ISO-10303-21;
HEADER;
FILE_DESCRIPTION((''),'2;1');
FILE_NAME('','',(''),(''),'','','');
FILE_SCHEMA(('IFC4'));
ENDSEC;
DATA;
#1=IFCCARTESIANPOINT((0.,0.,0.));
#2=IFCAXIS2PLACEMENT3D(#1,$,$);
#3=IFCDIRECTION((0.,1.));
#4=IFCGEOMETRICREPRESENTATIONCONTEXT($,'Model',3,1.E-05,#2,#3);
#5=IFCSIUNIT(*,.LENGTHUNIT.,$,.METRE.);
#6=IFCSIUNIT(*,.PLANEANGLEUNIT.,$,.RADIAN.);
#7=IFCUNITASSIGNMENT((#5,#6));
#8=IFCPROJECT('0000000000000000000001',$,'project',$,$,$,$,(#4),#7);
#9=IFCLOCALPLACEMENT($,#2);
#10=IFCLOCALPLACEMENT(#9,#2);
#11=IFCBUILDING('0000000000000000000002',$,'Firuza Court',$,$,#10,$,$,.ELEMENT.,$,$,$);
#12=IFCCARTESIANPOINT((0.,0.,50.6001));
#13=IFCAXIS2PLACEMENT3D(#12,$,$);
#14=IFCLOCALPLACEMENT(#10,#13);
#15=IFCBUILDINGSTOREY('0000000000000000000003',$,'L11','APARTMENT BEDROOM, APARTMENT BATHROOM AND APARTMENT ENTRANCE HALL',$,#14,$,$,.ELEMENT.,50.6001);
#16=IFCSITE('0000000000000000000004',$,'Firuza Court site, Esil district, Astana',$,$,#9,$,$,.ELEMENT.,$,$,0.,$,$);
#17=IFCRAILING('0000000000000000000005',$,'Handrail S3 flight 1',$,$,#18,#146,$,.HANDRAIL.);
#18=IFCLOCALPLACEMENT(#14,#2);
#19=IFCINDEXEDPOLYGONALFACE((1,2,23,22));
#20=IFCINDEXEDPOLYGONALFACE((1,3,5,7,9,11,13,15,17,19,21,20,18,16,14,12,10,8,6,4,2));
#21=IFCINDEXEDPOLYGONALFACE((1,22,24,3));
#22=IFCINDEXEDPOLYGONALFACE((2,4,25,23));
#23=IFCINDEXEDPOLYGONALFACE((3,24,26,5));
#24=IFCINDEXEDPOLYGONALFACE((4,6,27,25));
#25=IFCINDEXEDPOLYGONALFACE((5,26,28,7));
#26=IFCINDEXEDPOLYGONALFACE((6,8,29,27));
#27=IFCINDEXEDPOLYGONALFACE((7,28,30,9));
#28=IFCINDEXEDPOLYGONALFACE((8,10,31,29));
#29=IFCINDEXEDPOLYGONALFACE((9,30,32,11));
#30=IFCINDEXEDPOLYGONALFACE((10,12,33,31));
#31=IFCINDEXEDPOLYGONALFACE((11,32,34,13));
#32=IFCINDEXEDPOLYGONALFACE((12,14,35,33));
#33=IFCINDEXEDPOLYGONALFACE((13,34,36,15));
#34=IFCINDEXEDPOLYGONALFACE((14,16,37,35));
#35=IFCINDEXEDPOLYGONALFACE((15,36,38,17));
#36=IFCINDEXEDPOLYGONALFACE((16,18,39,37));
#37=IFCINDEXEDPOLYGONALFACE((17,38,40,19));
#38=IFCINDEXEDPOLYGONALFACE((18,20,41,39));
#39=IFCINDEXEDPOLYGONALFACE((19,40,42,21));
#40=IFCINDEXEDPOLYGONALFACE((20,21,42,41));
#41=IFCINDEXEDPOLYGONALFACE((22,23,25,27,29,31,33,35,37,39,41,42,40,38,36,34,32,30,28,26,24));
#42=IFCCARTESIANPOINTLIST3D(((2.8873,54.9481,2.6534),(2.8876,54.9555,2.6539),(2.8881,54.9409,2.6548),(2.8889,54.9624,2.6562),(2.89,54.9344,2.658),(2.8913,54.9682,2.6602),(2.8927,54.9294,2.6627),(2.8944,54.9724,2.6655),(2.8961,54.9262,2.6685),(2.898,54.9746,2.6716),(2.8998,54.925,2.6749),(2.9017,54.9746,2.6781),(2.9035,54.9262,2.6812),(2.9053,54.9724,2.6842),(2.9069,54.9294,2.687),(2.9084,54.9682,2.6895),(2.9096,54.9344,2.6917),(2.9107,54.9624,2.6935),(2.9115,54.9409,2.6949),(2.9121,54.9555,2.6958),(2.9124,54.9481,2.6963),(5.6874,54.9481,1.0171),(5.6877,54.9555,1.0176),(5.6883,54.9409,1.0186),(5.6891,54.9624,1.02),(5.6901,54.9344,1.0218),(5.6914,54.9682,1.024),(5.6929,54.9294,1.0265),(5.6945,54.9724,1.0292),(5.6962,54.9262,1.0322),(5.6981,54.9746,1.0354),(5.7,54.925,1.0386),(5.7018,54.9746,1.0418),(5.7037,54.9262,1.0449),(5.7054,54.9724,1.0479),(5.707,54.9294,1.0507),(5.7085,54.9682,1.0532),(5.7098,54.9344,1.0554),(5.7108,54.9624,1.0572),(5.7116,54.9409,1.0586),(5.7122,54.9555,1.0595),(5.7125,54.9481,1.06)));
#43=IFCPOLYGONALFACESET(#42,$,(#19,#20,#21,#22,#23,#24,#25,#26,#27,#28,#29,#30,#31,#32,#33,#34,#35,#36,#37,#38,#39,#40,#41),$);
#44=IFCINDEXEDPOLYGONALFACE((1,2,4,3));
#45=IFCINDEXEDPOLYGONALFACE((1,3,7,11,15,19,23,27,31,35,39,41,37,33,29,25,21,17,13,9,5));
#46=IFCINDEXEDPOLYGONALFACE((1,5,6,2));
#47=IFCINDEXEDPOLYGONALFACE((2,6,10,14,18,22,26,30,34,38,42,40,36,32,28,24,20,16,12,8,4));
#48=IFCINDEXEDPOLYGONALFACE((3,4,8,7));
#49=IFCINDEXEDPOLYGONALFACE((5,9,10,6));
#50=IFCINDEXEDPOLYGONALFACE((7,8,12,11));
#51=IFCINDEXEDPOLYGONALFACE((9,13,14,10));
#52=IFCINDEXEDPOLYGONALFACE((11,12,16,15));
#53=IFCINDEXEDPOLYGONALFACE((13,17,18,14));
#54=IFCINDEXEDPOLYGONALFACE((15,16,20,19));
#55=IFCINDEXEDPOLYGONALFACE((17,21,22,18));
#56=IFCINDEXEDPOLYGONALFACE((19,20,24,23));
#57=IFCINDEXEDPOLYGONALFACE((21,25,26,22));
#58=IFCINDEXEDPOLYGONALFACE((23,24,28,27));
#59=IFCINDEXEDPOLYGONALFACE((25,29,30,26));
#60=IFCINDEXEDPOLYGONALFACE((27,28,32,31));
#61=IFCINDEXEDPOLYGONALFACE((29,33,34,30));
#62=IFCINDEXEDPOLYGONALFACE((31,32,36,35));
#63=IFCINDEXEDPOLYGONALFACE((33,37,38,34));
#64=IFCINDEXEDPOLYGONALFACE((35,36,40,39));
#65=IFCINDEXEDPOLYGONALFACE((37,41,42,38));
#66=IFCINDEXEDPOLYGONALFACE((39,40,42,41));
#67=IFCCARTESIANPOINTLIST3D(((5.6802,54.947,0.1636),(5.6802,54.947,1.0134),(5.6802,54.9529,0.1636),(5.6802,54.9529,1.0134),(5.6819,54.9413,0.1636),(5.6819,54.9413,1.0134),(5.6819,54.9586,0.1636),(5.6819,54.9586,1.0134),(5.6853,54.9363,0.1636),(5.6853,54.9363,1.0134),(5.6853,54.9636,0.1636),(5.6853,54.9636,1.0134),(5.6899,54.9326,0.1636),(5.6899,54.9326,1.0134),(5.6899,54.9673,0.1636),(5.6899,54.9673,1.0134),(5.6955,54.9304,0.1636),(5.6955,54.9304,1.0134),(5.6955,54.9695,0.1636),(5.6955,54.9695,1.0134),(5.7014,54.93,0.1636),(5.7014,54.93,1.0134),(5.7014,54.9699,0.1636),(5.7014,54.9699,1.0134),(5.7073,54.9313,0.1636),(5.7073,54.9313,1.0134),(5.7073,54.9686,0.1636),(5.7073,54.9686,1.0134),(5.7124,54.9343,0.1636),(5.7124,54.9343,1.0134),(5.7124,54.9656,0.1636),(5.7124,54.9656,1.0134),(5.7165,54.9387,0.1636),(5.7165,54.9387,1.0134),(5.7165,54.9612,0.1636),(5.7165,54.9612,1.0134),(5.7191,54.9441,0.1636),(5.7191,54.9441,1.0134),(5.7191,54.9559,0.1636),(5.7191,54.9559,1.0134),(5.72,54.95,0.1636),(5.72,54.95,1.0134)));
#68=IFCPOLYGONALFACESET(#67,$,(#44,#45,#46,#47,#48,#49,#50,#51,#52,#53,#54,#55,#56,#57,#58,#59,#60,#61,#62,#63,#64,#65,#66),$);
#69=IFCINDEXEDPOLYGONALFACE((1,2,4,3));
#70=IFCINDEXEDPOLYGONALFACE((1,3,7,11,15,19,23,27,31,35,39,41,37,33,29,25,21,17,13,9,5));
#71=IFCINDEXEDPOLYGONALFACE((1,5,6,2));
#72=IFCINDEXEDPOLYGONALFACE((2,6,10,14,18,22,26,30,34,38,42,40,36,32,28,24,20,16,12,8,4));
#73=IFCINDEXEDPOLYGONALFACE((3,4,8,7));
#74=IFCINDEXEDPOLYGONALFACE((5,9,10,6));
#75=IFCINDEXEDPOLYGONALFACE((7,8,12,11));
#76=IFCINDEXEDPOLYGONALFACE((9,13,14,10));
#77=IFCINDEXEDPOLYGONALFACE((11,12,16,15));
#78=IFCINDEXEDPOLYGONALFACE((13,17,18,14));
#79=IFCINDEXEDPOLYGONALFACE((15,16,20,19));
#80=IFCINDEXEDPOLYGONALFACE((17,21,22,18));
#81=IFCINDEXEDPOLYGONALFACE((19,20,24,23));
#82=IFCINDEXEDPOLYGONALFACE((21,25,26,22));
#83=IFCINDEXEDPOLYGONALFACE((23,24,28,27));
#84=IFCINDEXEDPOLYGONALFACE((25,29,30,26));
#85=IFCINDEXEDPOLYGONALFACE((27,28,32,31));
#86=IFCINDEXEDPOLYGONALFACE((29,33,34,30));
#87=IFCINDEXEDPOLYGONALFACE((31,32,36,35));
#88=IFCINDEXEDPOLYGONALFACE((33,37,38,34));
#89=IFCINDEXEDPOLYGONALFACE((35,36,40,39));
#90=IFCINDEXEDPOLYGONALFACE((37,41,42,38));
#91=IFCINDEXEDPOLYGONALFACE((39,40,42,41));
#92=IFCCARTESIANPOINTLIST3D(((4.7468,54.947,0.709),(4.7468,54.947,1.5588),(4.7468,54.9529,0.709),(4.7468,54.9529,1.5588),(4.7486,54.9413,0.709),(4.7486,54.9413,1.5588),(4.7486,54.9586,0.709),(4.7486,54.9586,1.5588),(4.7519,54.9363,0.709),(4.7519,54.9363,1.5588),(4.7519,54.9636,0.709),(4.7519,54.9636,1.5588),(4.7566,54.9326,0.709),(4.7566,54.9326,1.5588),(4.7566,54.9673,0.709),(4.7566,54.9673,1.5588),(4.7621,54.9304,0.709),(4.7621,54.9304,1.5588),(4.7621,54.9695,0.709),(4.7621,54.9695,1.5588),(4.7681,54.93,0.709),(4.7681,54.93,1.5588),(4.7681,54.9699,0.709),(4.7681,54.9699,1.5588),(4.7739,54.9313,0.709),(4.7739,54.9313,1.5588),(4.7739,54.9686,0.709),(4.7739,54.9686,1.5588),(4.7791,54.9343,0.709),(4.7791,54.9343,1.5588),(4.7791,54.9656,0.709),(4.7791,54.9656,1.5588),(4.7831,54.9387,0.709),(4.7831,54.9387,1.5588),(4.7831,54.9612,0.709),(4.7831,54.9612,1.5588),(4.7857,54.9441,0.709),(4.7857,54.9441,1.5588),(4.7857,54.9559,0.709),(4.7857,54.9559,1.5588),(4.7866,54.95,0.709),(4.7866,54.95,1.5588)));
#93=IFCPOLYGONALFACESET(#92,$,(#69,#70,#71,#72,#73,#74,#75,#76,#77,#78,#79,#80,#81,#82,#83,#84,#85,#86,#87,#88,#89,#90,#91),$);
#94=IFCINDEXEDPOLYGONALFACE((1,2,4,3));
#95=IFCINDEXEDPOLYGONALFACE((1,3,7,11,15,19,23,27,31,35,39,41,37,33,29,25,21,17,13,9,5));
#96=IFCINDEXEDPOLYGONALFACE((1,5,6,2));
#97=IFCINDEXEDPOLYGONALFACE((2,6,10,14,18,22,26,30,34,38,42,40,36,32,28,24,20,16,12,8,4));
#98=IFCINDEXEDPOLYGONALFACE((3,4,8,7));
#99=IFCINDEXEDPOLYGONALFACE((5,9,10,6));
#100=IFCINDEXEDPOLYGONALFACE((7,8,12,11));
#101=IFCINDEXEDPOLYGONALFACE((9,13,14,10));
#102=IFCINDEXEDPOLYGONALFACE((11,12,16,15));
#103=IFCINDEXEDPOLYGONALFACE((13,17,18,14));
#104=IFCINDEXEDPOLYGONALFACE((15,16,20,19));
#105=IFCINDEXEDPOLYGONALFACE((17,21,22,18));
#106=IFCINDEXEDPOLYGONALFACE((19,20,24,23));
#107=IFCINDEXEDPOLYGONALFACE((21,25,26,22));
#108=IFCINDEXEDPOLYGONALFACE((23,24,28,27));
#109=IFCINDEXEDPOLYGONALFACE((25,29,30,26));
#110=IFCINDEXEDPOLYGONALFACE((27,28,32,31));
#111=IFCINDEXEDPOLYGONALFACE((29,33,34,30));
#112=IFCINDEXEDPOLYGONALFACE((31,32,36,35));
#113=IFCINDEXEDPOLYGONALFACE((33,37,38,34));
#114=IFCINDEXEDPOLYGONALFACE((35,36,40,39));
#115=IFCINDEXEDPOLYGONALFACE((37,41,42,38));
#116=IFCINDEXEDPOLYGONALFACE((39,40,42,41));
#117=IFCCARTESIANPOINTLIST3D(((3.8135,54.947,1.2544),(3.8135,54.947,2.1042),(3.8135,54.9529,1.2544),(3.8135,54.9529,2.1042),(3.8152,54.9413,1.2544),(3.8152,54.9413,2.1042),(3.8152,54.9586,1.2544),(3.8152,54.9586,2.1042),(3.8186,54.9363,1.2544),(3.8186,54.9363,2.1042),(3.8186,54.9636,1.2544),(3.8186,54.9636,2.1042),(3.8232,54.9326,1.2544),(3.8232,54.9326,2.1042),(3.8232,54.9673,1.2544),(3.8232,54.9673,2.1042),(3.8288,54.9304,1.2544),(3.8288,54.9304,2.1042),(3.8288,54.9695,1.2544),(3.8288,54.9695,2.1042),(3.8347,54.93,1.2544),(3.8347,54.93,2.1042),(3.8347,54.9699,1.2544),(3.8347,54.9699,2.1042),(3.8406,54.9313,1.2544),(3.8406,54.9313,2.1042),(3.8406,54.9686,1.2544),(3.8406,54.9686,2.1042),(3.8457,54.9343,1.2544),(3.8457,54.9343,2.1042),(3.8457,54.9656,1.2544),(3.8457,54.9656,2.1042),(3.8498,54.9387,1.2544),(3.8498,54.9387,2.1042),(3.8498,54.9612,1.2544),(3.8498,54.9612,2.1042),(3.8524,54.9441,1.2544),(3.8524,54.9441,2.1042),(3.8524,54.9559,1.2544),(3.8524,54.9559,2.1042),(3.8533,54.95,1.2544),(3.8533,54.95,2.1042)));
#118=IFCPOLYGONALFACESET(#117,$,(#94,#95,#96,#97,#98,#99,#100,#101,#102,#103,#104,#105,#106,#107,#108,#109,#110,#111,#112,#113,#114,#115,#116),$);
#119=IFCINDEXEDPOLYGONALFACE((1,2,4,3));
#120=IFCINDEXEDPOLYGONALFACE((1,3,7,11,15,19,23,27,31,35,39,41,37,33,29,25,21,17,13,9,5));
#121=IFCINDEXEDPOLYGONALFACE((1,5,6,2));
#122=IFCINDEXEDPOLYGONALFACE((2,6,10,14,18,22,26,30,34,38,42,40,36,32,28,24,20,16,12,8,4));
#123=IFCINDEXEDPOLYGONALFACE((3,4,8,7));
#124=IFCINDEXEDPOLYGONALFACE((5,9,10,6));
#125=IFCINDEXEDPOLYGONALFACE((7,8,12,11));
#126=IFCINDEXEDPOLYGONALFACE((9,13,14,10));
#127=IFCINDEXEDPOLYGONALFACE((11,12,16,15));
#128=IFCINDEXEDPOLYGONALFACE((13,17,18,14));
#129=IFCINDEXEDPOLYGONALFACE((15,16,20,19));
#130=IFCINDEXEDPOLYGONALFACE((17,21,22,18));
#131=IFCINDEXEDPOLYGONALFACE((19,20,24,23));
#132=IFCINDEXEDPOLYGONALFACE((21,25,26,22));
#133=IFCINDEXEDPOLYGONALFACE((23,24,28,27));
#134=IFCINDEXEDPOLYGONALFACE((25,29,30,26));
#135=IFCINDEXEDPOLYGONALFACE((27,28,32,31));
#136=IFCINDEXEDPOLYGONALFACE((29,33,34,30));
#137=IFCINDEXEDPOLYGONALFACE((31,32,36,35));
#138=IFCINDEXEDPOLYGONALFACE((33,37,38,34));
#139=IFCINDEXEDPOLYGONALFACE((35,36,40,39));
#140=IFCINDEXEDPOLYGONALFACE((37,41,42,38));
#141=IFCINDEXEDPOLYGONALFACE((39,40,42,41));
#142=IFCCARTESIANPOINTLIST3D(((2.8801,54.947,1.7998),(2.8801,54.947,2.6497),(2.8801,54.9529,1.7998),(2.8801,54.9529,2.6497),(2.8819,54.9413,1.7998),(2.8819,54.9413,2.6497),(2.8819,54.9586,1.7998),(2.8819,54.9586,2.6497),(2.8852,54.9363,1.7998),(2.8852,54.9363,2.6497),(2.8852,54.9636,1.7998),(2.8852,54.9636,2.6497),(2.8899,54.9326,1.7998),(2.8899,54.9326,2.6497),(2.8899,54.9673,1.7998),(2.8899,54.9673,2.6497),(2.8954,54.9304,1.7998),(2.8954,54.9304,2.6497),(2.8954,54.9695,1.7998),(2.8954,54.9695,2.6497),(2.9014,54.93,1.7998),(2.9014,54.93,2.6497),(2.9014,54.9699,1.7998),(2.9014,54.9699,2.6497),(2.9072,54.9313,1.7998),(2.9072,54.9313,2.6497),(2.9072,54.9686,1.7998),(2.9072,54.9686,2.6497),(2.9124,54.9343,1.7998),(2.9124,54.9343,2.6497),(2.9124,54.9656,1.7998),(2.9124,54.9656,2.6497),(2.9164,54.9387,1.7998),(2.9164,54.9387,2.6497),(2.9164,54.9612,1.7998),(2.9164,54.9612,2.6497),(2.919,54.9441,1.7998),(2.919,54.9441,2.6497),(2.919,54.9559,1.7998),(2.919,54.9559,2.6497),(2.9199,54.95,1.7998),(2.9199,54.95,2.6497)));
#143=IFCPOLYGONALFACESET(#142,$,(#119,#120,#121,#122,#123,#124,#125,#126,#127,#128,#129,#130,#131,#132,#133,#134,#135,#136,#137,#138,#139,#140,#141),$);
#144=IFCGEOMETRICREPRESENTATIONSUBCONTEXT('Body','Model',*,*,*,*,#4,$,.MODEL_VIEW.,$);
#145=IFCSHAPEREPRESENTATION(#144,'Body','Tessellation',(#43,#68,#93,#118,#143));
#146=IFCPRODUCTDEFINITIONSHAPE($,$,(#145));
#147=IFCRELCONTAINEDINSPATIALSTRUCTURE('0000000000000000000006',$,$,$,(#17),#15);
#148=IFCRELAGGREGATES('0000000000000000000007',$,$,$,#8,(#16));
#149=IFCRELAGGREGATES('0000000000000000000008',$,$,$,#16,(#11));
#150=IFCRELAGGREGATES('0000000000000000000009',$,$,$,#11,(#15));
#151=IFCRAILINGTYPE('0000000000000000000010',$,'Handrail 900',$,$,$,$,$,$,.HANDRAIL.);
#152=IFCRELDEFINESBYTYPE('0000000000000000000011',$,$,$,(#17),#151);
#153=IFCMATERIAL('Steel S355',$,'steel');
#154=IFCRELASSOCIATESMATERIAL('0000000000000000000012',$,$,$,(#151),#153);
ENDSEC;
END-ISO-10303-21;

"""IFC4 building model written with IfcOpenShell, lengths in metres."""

from ifc_helpers import new_model, si_unit, direction, frame, origin, origin_2d, place, context, subcontext, project, spatial, circle, extrude, material, type_object, element, save


model = new_model("IFC4")

# Units and contexts
model_context = context("Model", 3, precision=1e-05, world=origin(), true_north=direction((0.0, 1.0)))
body_context = subcontext(model_context, "Body", "Model", "MODEL_VIEW")
ifc_project = project(units=[si_unit("LENGTHUNIT", "METRE"), si_unit("PLANEANGLEUNIT", "RADIAN")], contexts=[model_context])

# Site, building, storey
site_placement = place(None, origin())
site = spatial("IfcSite", under=ifc_project, at=site_placement, Name="Firuza Court site, Esil district, Astana", CompositionType="ELEMENT", RefElevation=0.0)
building_placement = place(site_placement, origin())
building = spatial("IfcBuilding", under=site, at=building_placement, Name="Firuza Court", CompositionType="ELEMENT")
storey_placement = place(building_placement, frame((0.0, 0.0, 50.6001)))
storey = spatial("IfcBuildingStorey", under=building, at=storey_placement, Name="L11", Description="APARTMENT BEDROOM, APARTMENT BATHROOM AND APARTMENT ENTRANCE HALL", CompositionType="ELEMENT", Elevation=50.6001)

# Railing
ifc_material_1 = material(Name="Steel S355", Category="steel")
railing_type_1 = type_object("IfcRailingType", Name="Handrail 900", PredefinedType="HANDRAIL", material=ifc_material_1)
railing_1_placement = place(storey_placement, frame((5.7, 54.95, 0.1636)))
element("IfcRailing", 1, at=railing_1_placement, inside=storey, type_object=railing_type_1, Name="Handrail S3 flight 1", PredefinedType="HANDRAIL", context=body_context, shape_type="SweptSolid", body=[
    extrude(circle(Radius=0.0249, at=origin_2d()), frame((0.0, 0.0, 0.875), z_axis=(-0.863394, 0.0, 0.504531), x_axis=(0.0, -1.0, 0.0)), (0.0, 0.0, 1.0), 3.2432),
    extrude(circle(Radius=0.02, at=origin_2d()), origin(), (0.0, 0.0, 1.0), 0.8499),
    extrude(circle(Radius=0.02, at=origin_2d()), frame((-0.9333, 0.0, 0.5454)), (0.0, 0.0, 1.0), 0.8499),
    extrude(circle(Radius=0.02, at=origin_2d()), frame((-1.8667, 0.0, 1.0908)), (0.0, 0.0, 1.0), 0.8499),
    extrude(circle(Radius=0.02, at=origin_2d()), frame((-2.8, 0.0, 1.6362)), (0.0, 0.0, 1.0), 0.8499),
])

save(model, "model.ifc")
